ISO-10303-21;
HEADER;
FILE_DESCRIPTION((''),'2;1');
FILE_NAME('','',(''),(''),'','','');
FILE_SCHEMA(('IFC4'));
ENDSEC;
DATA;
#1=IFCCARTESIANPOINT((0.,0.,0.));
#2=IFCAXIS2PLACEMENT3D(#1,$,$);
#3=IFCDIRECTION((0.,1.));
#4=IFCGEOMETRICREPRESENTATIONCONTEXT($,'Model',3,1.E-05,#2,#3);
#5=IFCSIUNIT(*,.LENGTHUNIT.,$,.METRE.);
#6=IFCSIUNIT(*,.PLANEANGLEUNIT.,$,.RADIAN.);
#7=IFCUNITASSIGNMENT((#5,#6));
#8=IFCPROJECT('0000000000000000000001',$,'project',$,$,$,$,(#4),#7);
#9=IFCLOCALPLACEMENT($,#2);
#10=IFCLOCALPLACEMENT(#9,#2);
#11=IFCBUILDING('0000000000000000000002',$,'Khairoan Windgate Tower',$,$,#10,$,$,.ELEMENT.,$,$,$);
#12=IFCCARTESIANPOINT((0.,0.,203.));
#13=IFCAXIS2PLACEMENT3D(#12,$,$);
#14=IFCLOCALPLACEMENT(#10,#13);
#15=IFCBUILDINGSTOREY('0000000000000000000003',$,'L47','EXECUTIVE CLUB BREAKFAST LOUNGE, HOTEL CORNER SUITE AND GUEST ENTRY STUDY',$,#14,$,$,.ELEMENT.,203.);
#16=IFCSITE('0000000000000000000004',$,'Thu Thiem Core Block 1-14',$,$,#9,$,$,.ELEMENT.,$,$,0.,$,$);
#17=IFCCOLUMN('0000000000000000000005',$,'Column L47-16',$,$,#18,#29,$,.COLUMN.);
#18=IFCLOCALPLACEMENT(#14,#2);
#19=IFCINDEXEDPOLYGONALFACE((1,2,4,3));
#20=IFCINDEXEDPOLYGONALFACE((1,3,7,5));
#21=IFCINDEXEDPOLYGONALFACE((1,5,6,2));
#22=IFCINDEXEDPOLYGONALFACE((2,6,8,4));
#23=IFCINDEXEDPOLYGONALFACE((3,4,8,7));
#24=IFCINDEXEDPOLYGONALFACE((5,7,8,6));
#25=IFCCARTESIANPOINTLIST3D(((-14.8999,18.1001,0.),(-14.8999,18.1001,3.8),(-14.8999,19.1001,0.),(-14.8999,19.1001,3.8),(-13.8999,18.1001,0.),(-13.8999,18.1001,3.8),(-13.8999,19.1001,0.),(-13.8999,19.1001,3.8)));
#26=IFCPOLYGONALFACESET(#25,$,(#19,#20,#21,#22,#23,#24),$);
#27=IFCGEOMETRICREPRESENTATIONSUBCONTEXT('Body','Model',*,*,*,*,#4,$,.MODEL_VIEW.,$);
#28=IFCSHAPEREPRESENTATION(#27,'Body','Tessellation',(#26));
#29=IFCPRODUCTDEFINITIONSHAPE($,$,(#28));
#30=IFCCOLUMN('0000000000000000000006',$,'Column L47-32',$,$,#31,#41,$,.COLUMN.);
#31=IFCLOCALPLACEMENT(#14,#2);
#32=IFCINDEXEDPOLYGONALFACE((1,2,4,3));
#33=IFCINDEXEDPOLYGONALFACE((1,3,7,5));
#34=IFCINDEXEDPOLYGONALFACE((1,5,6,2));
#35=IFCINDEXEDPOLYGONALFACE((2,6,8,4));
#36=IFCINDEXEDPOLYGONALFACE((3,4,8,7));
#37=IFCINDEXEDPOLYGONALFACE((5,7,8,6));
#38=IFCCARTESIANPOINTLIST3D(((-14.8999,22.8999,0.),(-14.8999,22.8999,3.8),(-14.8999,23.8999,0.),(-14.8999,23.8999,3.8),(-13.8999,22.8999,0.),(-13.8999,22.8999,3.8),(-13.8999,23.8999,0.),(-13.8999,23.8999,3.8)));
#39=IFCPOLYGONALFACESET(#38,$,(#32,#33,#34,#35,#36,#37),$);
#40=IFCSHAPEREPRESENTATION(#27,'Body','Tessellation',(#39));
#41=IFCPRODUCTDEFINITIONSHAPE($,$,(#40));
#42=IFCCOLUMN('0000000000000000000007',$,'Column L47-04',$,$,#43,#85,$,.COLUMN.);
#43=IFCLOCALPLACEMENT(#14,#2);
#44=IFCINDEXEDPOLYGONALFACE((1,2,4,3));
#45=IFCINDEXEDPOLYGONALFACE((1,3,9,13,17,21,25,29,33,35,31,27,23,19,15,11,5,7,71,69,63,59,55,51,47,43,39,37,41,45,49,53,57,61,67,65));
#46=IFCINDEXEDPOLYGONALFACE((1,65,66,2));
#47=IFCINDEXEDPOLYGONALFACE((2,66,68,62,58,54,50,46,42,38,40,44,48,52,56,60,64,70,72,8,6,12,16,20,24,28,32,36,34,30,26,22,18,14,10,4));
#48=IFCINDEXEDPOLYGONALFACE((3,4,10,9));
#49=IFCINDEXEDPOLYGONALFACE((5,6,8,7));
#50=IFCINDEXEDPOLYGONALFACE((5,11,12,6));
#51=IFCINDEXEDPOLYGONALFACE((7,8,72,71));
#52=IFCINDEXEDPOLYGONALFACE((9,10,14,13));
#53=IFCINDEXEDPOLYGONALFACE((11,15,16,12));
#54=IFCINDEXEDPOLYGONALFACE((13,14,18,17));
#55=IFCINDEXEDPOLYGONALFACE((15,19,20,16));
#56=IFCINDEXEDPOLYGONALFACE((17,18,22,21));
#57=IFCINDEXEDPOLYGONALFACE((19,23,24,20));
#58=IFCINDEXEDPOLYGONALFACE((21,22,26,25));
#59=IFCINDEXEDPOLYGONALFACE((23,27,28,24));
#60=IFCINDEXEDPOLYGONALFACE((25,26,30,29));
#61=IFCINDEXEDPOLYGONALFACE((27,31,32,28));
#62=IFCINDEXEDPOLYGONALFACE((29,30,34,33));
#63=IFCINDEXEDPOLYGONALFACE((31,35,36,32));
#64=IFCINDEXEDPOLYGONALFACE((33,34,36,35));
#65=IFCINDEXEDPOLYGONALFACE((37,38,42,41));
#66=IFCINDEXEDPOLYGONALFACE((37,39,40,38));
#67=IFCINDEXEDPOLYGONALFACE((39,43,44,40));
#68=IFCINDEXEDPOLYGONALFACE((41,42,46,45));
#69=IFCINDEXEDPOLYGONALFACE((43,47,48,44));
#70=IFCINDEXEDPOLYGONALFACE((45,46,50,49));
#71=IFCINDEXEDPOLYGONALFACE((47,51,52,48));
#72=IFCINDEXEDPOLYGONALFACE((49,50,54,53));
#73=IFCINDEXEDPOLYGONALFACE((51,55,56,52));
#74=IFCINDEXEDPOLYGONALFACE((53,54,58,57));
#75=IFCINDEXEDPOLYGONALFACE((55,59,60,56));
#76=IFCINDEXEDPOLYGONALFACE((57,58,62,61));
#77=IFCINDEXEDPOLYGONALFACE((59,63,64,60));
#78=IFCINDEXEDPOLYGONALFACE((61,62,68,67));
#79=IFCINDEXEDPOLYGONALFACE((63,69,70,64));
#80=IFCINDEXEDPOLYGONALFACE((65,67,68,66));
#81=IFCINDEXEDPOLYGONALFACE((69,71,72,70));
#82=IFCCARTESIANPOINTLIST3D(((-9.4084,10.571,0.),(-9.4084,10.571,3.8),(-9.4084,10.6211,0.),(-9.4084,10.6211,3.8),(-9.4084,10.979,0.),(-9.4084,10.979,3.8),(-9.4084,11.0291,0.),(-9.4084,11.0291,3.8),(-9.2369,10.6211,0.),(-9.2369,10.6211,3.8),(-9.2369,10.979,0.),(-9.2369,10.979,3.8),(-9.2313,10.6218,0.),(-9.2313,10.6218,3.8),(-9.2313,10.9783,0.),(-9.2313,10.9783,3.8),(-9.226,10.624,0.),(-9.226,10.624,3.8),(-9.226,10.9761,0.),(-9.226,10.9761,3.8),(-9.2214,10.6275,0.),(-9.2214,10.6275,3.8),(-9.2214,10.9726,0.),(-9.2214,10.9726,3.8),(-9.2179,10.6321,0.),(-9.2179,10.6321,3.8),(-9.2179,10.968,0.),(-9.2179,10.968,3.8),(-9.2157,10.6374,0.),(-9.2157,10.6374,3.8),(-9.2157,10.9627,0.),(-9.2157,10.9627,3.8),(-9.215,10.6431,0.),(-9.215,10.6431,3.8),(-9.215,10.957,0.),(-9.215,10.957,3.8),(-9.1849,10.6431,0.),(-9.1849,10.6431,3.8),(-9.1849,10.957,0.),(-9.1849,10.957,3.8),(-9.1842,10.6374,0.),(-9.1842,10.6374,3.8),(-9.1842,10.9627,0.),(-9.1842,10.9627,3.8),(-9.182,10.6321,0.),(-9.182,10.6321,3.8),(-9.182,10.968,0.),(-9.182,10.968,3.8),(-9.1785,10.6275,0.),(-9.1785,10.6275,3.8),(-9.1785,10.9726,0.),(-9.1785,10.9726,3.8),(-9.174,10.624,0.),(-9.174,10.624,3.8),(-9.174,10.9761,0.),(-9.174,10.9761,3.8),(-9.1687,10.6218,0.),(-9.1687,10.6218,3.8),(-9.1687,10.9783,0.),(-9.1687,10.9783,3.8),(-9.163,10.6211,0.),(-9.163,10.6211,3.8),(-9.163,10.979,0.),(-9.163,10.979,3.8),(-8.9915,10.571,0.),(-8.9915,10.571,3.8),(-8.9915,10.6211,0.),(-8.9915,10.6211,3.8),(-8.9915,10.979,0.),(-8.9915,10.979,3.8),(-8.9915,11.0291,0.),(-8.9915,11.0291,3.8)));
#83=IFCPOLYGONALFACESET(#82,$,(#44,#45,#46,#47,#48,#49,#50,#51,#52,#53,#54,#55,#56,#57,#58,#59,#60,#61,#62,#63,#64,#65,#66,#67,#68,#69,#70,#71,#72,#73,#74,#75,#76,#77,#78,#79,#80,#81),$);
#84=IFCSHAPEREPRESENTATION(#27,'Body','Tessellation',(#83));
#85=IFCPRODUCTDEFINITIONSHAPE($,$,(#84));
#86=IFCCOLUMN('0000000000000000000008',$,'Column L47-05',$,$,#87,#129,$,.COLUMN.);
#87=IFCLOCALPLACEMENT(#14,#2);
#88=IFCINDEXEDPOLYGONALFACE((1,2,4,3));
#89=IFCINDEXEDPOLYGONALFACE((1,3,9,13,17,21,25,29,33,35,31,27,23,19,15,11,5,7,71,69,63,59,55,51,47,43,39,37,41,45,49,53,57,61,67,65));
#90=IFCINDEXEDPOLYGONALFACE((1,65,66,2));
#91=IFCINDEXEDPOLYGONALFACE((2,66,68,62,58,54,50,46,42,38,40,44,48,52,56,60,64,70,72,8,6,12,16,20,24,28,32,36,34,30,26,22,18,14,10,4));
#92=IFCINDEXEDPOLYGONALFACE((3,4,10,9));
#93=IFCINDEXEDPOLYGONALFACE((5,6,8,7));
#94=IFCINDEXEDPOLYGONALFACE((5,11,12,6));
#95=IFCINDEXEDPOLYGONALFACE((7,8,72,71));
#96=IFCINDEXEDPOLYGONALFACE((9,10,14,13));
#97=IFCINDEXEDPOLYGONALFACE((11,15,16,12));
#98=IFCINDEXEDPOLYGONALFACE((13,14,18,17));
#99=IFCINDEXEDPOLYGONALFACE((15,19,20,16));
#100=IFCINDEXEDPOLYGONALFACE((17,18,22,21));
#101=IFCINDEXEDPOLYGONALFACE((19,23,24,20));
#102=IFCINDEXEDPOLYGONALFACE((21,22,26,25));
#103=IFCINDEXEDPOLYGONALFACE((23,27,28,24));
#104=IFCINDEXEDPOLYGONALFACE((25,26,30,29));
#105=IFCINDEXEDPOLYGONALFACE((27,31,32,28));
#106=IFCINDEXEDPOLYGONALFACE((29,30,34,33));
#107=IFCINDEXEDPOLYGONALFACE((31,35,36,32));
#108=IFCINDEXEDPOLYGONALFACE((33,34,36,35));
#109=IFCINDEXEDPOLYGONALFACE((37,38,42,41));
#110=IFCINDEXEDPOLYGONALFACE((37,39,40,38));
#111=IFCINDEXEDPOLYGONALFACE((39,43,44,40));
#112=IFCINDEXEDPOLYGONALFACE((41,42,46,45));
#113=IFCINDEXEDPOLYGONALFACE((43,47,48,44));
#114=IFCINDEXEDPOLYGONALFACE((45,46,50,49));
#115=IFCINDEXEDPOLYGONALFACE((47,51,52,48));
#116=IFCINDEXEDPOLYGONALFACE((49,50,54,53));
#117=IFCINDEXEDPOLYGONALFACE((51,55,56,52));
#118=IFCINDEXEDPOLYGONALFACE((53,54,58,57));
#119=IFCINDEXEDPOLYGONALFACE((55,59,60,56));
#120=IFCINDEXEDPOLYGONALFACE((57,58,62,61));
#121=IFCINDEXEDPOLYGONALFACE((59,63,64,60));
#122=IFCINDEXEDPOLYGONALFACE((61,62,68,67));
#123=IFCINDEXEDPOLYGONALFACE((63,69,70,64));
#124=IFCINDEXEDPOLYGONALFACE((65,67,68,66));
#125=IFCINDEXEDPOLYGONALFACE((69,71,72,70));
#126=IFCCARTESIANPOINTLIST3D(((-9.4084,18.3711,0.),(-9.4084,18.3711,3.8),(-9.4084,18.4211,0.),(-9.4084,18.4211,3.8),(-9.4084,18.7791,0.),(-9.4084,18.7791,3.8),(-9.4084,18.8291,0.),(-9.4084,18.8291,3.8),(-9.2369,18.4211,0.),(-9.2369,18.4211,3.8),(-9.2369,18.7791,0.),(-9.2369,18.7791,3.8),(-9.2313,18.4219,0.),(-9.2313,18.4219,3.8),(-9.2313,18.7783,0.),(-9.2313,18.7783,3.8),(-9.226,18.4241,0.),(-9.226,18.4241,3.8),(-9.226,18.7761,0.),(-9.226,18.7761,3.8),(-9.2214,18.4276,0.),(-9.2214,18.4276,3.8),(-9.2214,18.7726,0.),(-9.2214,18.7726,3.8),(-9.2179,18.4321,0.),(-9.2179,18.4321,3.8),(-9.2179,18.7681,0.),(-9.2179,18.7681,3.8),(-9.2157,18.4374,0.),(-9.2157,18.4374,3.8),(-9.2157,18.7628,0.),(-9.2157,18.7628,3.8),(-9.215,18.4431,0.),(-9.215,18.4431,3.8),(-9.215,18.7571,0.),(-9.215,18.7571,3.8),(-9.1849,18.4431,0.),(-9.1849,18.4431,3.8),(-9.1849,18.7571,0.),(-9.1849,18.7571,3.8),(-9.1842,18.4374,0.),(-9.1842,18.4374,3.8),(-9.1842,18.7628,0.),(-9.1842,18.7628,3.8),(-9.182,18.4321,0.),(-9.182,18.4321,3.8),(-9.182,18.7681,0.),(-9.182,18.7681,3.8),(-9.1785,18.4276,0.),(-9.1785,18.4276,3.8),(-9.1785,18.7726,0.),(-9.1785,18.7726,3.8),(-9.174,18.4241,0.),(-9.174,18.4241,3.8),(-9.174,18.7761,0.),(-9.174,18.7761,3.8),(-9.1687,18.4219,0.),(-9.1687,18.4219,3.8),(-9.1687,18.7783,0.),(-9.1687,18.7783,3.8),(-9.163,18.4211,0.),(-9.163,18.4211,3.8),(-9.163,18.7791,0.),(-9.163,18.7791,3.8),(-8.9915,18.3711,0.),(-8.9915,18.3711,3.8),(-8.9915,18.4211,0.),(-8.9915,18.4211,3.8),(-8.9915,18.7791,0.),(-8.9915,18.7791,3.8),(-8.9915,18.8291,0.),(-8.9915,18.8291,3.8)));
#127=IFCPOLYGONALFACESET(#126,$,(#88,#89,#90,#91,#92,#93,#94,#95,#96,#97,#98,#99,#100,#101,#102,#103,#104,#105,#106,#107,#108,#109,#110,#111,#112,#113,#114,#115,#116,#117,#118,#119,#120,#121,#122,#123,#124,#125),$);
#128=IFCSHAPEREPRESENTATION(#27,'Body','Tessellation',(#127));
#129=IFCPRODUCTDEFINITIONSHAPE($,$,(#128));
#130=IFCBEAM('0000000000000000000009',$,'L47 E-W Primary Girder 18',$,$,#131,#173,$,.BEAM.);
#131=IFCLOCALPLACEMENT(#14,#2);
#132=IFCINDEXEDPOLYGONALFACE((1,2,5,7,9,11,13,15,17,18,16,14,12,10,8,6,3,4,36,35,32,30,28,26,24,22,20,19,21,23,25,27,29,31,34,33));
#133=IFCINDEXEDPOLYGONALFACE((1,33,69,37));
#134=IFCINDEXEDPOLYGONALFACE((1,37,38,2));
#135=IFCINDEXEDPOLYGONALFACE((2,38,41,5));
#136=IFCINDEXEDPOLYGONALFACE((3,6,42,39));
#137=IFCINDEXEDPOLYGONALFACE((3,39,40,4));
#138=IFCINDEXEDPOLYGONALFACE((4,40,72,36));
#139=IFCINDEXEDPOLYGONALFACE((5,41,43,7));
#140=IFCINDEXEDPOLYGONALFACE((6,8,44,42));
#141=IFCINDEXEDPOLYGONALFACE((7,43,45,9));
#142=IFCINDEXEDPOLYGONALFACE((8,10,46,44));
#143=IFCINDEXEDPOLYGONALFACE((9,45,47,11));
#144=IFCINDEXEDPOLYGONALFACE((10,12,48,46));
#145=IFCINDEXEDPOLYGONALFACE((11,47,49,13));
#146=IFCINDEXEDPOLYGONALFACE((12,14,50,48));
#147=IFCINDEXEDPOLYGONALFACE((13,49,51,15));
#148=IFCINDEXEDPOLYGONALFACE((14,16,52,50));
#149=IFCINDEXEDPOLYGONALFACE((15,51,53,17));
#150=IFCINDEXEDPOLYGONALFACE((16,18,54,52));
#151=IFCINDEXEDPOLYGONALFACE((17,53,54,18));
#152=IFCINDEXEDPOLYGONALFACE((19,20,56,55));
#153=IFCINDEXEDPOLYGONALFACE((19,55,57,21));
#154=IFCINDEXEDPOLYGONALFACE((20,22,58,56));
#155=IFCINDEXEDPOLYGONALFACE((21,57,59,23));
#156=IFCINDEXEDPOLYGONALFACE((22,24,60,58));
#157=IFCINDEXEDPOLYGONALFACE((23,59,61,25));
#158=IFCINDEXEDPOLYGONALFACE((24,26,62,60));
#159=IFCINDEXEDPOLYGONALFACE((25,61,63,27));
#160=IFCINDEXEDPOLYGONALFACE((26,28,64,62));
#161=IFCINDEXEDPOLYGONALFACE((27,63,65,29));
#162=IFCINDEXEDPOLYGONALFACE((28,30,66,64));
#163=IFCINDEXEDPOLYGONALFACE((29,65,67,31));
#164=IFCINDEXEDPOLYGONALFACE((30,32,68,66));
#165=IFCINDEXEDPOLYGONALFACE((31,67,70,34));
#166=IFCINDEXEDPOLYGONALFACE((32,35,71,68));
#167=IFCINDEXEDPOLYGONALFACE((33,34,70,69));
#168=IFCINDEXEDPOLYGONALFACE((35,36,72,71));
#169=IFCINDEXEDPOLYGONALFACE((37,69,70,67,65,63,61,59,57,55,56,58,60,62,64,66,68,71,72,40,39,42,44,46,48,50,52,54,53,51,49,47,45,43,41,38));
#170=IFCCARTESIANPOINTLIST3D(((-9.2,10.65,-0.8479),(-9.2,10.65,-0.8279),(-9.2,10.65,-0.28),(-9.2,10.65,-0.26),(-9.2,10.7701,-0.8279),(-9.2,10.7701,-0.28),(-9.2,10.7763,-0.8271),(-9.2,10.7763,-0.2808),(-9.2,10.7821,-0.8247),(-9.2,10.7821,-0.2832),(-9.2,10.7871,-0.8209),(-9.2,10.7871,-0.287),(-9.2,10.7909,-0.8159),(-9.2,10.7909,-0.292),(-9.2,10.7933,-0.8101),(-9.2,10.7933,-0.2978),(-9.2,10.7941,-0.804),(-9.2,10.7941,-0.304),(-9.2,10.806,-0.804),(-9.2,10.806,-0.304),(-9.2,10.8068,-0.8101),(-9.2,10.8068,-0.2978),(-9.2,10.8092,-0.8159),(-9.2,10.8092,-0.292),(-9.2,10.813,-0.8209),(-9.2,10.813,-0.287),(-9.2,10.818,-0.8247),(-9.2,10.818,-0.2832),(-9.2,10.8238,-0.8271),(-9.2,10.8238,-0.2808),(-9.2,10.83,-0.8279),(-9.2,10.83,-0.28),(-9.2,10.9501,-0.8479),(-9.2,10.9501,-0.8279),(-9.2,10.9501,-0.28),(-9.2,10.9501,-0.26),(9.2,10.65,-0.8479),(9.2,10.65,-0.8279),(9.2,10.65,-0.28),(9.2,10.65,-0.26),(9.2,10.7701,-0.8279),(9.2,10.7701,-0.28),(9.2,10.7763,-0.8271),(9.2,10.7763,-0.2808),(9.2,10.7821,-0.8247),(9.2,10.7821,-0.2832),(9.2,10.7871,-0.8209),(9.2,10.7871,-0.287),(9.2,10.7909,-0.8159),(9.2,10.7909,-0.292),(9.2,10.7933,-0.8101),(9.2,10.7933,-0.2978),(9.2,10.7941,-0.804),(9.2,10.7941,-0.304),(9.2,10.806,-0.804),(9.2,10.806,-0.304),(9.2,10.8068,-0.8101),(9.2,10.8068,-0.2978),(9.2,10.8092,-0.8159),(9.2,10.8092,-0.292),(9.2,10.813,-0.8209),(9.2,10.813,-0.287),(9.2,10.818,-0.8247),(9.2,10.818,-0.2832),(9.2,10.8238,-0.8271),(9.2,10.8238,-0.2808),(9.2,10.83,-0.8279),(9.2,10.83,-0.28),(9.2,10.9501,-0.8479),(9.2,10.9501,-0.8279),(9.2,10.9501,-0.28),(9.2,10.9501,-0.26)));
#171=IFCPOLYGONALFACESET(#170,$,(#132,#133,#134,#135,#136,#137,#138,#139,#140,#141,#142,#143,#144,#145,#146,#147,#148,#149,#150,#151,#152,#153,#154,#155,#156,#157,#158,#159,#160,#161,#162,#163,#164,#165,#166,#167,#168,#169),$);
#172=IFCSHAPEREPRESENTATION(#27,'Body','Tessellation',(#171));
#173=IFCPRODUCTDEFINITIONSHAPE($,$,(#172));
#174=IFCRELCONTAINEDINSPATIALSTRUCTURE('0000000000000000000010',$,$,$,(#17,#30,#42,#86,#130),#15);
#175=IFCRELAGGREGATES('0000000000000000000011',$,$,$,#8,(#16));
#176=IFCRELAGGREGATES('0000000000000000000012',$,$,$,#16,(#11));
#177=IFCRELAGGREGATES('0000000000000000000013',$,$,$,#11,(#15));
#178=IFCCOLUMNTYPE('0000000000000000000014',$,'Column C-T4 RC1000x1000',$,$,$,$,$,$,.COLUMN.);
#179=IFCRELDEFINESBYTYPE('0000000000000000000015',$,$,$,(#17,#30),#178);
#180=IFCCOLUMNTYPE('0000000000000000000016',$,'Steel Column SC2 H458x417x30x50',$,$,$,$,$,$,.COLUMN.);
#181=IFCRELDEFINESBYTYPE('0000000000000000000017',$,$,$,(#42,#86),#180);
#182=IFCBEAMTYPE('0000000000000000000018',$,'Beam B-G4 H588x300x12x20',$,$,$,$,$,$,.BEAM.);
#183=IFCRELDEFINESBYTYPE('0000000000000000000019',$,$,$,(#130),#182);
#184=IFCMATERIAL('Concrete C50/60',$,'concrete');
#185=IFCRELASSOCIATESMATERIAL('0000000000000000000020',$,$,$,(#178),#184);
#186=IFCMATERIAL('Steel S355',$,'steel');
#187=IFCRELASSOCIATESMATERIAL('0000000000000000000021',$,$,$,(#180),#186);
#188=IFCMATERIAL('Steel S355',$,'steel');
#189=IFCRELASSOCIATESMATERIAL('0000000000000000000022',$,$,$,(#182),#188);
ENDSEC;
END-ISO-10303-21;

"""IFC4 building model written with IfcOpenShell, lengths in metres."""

from ifc_helpers import new_model, si_unit, direction, frame, origin, origin_2d, place, context, subcontext, project, spatial, rectangle, i_section, extrude, material, material_profile, profile_set, type_object, element, save


model = new_model("IFC4")

# Units and contexts
model_context = context("Model", 3, precision=1e-05, world=origin(), true_north=direction((0.0, 1.0)))
body_context = subcontext(model_context, "Body", "Model", "MODEL_VIEW")
ifc_project = project(units=[si_unit("LENGTHUNIT", "METRE"), si_unit("PLANEANGLEUNIT", "RADIAN")], contexts=[model_context])

# Site, building, storey
site_placement = place(None, origin())
site = spatial("IfcSite", under=ifc_project, at=site_placement, Name="Thu Thiem Core Block 1-14", CompositionType="ELEMENT", RefElevation=0.0)
building_placement = place(site_placement, origin())
building = spatial("IfcBuilding", under=site, at=building_placement, Name="Khairoan Windgate Tower", CompositionType="ELEMENT")
storey_placement = place(building_placement, frame((0.0, 0.0, 203.0)))
storey = spatial("IfcBuildingStorey", under=building, at=storey_placement, Name="L47", Description="EXECUTIVE CLUB BREAKFAST LOUNGE, HOTEL CORNER SUITE AND GUEST ENTRY STUDY", CompositionType="ELEMENT", Elevation=203.0)

# Columns
ifc_material_1 = material(Name="Concrete C50/60", Category="concrete")
ifc_material_profile_1 = material_profile(ifc_material_1, rectangle(XDim=1.0, YDim=1.0, at=origin_2d()))
ifc_profile_set_1 = profile_set([ifc_material_profile_1], Name="Concrete C50/60")
column_type_1 = type_object("IfcColumnType", Name="Column C-T4 RC1000x1000", PredefinedType="COLUMN", material=ifc_profile_set_1)
for number, where, z_axis, x_axis, name in (
    (1, (-14.3999, 18.6001, 0.0), (0.0, 0.0, 1.0), (1.0, 0.0, 0.0), "Column L47-16"),
    (2, (-14.3999, 23.3999, 0.0), (0.0, 0.0, 1.0), (1.0, 0.0, 0.0), "Column L47-32"),
):
    element("IfcColumn", number, at=place(storey_placement, frame(where, z_axis=z_axis, x_axis=x_axis)), inside=storey, type_object=column_type_1, Name=name, PredefinedType="COLUMN", context=body_context, shape_type="SweptSolid", body=[
        extrude(rectangle(XDim=1.0, YDim=1.0, at=origin_2d()), origin(), (0.0, 0.0, 1.0), 3.8),
    ])
ifc_material_2 = material(Name="Steel S355", Category="steel")
ifc_material_profile_2 = material_profile(ifc_material_2, i_section(OverallWidth=0.417, OverallDepth=0.458, WebThickness=0.03, FlangeThickness=0.05, FilletRadius=0.022, at=origin_2d()))
ifc_profile_set_2 = profile_set([ifc_material_profile_2], Name="Steel S355")
column_type_2 = type_object("IfcColumnType", Name="Steel Column SC2 H458x417x30x50", PredefinedType="COLUMN", material=ifc_profile_set_2)
for number, where, z_axis, x_axis, name in (
    (3, (-9.2, 10.8, 0.0), (0.0, 0.0, 1.0), (1.0, 0.0, 0.0), "Column L47-04"),
    (4, (-9.2, 18.6001, 0.0), (0.0, 0.0, 1.0), (1.0, 0.0, 0.0), "Column L47-05"),
):
    element("IfcColumn", number, at=place(storey_placement, frame(where, z_axis=z_axis, x_axis=x_axis)), inside=storey, type_object=column_type_2, Name=name, PredefinedType="COLUMN", context=body_context, shape_type="SweptSolid", body=[
        extrude(i_section(OverallWidth=0.417, OverallDepth=0.458, WebThickness=0.03, FlangeThickness=0.05, FilletRadius=0.022, at=origin_2d()), origin(), (0.0, 0.0, 1.0), 3.8),
    ])

# Beam
ifc_material_3 = material(Name="Steel S355", Category="steel")
ifc_material_profile_3 = material_profile(ifc_material_3, i_section(OverallWidth=0.3, OverallDepth=0.5879, WebThickness=0.012, FlangeThickness=0.02, FilletRadius=0.0239, at=origin_2d()))
ifc_profile_set_3 = profile_set([ifc_material_profile_3], Name="Steel S355")
beam_type = type_object("IfcBeamType", Name="Beam B-G4 H588x300x12x20", PredefinedType="BEAM", material=ifc_profile_set_3)
beam_1_placement = place(storey_placement, frame((-9.2, 10.8, -0.554), z_axis=(1.0, 0.0, 0.0), x_axis=(0.0, 1.0, 0.0)))
element("IfcBeam", 5, at=beam_1_placement, inside=storey, type_object=beam_type, Name="L47 E-W Primary Girder 18", PredefinedType="BEAM", context=body_context, shape_type="SweptSolid", body=[
    extrude(i_section(OverallWidth=0.3, OverallDepth=0.5879, WebThickness=0.012, FlangeThickness=0.02, FilletRadius=0.0239, at=origin_2d()), origin(), (0.0, 0.0, 1.0), 18.3999),
])

save(model, "model.ifc")
